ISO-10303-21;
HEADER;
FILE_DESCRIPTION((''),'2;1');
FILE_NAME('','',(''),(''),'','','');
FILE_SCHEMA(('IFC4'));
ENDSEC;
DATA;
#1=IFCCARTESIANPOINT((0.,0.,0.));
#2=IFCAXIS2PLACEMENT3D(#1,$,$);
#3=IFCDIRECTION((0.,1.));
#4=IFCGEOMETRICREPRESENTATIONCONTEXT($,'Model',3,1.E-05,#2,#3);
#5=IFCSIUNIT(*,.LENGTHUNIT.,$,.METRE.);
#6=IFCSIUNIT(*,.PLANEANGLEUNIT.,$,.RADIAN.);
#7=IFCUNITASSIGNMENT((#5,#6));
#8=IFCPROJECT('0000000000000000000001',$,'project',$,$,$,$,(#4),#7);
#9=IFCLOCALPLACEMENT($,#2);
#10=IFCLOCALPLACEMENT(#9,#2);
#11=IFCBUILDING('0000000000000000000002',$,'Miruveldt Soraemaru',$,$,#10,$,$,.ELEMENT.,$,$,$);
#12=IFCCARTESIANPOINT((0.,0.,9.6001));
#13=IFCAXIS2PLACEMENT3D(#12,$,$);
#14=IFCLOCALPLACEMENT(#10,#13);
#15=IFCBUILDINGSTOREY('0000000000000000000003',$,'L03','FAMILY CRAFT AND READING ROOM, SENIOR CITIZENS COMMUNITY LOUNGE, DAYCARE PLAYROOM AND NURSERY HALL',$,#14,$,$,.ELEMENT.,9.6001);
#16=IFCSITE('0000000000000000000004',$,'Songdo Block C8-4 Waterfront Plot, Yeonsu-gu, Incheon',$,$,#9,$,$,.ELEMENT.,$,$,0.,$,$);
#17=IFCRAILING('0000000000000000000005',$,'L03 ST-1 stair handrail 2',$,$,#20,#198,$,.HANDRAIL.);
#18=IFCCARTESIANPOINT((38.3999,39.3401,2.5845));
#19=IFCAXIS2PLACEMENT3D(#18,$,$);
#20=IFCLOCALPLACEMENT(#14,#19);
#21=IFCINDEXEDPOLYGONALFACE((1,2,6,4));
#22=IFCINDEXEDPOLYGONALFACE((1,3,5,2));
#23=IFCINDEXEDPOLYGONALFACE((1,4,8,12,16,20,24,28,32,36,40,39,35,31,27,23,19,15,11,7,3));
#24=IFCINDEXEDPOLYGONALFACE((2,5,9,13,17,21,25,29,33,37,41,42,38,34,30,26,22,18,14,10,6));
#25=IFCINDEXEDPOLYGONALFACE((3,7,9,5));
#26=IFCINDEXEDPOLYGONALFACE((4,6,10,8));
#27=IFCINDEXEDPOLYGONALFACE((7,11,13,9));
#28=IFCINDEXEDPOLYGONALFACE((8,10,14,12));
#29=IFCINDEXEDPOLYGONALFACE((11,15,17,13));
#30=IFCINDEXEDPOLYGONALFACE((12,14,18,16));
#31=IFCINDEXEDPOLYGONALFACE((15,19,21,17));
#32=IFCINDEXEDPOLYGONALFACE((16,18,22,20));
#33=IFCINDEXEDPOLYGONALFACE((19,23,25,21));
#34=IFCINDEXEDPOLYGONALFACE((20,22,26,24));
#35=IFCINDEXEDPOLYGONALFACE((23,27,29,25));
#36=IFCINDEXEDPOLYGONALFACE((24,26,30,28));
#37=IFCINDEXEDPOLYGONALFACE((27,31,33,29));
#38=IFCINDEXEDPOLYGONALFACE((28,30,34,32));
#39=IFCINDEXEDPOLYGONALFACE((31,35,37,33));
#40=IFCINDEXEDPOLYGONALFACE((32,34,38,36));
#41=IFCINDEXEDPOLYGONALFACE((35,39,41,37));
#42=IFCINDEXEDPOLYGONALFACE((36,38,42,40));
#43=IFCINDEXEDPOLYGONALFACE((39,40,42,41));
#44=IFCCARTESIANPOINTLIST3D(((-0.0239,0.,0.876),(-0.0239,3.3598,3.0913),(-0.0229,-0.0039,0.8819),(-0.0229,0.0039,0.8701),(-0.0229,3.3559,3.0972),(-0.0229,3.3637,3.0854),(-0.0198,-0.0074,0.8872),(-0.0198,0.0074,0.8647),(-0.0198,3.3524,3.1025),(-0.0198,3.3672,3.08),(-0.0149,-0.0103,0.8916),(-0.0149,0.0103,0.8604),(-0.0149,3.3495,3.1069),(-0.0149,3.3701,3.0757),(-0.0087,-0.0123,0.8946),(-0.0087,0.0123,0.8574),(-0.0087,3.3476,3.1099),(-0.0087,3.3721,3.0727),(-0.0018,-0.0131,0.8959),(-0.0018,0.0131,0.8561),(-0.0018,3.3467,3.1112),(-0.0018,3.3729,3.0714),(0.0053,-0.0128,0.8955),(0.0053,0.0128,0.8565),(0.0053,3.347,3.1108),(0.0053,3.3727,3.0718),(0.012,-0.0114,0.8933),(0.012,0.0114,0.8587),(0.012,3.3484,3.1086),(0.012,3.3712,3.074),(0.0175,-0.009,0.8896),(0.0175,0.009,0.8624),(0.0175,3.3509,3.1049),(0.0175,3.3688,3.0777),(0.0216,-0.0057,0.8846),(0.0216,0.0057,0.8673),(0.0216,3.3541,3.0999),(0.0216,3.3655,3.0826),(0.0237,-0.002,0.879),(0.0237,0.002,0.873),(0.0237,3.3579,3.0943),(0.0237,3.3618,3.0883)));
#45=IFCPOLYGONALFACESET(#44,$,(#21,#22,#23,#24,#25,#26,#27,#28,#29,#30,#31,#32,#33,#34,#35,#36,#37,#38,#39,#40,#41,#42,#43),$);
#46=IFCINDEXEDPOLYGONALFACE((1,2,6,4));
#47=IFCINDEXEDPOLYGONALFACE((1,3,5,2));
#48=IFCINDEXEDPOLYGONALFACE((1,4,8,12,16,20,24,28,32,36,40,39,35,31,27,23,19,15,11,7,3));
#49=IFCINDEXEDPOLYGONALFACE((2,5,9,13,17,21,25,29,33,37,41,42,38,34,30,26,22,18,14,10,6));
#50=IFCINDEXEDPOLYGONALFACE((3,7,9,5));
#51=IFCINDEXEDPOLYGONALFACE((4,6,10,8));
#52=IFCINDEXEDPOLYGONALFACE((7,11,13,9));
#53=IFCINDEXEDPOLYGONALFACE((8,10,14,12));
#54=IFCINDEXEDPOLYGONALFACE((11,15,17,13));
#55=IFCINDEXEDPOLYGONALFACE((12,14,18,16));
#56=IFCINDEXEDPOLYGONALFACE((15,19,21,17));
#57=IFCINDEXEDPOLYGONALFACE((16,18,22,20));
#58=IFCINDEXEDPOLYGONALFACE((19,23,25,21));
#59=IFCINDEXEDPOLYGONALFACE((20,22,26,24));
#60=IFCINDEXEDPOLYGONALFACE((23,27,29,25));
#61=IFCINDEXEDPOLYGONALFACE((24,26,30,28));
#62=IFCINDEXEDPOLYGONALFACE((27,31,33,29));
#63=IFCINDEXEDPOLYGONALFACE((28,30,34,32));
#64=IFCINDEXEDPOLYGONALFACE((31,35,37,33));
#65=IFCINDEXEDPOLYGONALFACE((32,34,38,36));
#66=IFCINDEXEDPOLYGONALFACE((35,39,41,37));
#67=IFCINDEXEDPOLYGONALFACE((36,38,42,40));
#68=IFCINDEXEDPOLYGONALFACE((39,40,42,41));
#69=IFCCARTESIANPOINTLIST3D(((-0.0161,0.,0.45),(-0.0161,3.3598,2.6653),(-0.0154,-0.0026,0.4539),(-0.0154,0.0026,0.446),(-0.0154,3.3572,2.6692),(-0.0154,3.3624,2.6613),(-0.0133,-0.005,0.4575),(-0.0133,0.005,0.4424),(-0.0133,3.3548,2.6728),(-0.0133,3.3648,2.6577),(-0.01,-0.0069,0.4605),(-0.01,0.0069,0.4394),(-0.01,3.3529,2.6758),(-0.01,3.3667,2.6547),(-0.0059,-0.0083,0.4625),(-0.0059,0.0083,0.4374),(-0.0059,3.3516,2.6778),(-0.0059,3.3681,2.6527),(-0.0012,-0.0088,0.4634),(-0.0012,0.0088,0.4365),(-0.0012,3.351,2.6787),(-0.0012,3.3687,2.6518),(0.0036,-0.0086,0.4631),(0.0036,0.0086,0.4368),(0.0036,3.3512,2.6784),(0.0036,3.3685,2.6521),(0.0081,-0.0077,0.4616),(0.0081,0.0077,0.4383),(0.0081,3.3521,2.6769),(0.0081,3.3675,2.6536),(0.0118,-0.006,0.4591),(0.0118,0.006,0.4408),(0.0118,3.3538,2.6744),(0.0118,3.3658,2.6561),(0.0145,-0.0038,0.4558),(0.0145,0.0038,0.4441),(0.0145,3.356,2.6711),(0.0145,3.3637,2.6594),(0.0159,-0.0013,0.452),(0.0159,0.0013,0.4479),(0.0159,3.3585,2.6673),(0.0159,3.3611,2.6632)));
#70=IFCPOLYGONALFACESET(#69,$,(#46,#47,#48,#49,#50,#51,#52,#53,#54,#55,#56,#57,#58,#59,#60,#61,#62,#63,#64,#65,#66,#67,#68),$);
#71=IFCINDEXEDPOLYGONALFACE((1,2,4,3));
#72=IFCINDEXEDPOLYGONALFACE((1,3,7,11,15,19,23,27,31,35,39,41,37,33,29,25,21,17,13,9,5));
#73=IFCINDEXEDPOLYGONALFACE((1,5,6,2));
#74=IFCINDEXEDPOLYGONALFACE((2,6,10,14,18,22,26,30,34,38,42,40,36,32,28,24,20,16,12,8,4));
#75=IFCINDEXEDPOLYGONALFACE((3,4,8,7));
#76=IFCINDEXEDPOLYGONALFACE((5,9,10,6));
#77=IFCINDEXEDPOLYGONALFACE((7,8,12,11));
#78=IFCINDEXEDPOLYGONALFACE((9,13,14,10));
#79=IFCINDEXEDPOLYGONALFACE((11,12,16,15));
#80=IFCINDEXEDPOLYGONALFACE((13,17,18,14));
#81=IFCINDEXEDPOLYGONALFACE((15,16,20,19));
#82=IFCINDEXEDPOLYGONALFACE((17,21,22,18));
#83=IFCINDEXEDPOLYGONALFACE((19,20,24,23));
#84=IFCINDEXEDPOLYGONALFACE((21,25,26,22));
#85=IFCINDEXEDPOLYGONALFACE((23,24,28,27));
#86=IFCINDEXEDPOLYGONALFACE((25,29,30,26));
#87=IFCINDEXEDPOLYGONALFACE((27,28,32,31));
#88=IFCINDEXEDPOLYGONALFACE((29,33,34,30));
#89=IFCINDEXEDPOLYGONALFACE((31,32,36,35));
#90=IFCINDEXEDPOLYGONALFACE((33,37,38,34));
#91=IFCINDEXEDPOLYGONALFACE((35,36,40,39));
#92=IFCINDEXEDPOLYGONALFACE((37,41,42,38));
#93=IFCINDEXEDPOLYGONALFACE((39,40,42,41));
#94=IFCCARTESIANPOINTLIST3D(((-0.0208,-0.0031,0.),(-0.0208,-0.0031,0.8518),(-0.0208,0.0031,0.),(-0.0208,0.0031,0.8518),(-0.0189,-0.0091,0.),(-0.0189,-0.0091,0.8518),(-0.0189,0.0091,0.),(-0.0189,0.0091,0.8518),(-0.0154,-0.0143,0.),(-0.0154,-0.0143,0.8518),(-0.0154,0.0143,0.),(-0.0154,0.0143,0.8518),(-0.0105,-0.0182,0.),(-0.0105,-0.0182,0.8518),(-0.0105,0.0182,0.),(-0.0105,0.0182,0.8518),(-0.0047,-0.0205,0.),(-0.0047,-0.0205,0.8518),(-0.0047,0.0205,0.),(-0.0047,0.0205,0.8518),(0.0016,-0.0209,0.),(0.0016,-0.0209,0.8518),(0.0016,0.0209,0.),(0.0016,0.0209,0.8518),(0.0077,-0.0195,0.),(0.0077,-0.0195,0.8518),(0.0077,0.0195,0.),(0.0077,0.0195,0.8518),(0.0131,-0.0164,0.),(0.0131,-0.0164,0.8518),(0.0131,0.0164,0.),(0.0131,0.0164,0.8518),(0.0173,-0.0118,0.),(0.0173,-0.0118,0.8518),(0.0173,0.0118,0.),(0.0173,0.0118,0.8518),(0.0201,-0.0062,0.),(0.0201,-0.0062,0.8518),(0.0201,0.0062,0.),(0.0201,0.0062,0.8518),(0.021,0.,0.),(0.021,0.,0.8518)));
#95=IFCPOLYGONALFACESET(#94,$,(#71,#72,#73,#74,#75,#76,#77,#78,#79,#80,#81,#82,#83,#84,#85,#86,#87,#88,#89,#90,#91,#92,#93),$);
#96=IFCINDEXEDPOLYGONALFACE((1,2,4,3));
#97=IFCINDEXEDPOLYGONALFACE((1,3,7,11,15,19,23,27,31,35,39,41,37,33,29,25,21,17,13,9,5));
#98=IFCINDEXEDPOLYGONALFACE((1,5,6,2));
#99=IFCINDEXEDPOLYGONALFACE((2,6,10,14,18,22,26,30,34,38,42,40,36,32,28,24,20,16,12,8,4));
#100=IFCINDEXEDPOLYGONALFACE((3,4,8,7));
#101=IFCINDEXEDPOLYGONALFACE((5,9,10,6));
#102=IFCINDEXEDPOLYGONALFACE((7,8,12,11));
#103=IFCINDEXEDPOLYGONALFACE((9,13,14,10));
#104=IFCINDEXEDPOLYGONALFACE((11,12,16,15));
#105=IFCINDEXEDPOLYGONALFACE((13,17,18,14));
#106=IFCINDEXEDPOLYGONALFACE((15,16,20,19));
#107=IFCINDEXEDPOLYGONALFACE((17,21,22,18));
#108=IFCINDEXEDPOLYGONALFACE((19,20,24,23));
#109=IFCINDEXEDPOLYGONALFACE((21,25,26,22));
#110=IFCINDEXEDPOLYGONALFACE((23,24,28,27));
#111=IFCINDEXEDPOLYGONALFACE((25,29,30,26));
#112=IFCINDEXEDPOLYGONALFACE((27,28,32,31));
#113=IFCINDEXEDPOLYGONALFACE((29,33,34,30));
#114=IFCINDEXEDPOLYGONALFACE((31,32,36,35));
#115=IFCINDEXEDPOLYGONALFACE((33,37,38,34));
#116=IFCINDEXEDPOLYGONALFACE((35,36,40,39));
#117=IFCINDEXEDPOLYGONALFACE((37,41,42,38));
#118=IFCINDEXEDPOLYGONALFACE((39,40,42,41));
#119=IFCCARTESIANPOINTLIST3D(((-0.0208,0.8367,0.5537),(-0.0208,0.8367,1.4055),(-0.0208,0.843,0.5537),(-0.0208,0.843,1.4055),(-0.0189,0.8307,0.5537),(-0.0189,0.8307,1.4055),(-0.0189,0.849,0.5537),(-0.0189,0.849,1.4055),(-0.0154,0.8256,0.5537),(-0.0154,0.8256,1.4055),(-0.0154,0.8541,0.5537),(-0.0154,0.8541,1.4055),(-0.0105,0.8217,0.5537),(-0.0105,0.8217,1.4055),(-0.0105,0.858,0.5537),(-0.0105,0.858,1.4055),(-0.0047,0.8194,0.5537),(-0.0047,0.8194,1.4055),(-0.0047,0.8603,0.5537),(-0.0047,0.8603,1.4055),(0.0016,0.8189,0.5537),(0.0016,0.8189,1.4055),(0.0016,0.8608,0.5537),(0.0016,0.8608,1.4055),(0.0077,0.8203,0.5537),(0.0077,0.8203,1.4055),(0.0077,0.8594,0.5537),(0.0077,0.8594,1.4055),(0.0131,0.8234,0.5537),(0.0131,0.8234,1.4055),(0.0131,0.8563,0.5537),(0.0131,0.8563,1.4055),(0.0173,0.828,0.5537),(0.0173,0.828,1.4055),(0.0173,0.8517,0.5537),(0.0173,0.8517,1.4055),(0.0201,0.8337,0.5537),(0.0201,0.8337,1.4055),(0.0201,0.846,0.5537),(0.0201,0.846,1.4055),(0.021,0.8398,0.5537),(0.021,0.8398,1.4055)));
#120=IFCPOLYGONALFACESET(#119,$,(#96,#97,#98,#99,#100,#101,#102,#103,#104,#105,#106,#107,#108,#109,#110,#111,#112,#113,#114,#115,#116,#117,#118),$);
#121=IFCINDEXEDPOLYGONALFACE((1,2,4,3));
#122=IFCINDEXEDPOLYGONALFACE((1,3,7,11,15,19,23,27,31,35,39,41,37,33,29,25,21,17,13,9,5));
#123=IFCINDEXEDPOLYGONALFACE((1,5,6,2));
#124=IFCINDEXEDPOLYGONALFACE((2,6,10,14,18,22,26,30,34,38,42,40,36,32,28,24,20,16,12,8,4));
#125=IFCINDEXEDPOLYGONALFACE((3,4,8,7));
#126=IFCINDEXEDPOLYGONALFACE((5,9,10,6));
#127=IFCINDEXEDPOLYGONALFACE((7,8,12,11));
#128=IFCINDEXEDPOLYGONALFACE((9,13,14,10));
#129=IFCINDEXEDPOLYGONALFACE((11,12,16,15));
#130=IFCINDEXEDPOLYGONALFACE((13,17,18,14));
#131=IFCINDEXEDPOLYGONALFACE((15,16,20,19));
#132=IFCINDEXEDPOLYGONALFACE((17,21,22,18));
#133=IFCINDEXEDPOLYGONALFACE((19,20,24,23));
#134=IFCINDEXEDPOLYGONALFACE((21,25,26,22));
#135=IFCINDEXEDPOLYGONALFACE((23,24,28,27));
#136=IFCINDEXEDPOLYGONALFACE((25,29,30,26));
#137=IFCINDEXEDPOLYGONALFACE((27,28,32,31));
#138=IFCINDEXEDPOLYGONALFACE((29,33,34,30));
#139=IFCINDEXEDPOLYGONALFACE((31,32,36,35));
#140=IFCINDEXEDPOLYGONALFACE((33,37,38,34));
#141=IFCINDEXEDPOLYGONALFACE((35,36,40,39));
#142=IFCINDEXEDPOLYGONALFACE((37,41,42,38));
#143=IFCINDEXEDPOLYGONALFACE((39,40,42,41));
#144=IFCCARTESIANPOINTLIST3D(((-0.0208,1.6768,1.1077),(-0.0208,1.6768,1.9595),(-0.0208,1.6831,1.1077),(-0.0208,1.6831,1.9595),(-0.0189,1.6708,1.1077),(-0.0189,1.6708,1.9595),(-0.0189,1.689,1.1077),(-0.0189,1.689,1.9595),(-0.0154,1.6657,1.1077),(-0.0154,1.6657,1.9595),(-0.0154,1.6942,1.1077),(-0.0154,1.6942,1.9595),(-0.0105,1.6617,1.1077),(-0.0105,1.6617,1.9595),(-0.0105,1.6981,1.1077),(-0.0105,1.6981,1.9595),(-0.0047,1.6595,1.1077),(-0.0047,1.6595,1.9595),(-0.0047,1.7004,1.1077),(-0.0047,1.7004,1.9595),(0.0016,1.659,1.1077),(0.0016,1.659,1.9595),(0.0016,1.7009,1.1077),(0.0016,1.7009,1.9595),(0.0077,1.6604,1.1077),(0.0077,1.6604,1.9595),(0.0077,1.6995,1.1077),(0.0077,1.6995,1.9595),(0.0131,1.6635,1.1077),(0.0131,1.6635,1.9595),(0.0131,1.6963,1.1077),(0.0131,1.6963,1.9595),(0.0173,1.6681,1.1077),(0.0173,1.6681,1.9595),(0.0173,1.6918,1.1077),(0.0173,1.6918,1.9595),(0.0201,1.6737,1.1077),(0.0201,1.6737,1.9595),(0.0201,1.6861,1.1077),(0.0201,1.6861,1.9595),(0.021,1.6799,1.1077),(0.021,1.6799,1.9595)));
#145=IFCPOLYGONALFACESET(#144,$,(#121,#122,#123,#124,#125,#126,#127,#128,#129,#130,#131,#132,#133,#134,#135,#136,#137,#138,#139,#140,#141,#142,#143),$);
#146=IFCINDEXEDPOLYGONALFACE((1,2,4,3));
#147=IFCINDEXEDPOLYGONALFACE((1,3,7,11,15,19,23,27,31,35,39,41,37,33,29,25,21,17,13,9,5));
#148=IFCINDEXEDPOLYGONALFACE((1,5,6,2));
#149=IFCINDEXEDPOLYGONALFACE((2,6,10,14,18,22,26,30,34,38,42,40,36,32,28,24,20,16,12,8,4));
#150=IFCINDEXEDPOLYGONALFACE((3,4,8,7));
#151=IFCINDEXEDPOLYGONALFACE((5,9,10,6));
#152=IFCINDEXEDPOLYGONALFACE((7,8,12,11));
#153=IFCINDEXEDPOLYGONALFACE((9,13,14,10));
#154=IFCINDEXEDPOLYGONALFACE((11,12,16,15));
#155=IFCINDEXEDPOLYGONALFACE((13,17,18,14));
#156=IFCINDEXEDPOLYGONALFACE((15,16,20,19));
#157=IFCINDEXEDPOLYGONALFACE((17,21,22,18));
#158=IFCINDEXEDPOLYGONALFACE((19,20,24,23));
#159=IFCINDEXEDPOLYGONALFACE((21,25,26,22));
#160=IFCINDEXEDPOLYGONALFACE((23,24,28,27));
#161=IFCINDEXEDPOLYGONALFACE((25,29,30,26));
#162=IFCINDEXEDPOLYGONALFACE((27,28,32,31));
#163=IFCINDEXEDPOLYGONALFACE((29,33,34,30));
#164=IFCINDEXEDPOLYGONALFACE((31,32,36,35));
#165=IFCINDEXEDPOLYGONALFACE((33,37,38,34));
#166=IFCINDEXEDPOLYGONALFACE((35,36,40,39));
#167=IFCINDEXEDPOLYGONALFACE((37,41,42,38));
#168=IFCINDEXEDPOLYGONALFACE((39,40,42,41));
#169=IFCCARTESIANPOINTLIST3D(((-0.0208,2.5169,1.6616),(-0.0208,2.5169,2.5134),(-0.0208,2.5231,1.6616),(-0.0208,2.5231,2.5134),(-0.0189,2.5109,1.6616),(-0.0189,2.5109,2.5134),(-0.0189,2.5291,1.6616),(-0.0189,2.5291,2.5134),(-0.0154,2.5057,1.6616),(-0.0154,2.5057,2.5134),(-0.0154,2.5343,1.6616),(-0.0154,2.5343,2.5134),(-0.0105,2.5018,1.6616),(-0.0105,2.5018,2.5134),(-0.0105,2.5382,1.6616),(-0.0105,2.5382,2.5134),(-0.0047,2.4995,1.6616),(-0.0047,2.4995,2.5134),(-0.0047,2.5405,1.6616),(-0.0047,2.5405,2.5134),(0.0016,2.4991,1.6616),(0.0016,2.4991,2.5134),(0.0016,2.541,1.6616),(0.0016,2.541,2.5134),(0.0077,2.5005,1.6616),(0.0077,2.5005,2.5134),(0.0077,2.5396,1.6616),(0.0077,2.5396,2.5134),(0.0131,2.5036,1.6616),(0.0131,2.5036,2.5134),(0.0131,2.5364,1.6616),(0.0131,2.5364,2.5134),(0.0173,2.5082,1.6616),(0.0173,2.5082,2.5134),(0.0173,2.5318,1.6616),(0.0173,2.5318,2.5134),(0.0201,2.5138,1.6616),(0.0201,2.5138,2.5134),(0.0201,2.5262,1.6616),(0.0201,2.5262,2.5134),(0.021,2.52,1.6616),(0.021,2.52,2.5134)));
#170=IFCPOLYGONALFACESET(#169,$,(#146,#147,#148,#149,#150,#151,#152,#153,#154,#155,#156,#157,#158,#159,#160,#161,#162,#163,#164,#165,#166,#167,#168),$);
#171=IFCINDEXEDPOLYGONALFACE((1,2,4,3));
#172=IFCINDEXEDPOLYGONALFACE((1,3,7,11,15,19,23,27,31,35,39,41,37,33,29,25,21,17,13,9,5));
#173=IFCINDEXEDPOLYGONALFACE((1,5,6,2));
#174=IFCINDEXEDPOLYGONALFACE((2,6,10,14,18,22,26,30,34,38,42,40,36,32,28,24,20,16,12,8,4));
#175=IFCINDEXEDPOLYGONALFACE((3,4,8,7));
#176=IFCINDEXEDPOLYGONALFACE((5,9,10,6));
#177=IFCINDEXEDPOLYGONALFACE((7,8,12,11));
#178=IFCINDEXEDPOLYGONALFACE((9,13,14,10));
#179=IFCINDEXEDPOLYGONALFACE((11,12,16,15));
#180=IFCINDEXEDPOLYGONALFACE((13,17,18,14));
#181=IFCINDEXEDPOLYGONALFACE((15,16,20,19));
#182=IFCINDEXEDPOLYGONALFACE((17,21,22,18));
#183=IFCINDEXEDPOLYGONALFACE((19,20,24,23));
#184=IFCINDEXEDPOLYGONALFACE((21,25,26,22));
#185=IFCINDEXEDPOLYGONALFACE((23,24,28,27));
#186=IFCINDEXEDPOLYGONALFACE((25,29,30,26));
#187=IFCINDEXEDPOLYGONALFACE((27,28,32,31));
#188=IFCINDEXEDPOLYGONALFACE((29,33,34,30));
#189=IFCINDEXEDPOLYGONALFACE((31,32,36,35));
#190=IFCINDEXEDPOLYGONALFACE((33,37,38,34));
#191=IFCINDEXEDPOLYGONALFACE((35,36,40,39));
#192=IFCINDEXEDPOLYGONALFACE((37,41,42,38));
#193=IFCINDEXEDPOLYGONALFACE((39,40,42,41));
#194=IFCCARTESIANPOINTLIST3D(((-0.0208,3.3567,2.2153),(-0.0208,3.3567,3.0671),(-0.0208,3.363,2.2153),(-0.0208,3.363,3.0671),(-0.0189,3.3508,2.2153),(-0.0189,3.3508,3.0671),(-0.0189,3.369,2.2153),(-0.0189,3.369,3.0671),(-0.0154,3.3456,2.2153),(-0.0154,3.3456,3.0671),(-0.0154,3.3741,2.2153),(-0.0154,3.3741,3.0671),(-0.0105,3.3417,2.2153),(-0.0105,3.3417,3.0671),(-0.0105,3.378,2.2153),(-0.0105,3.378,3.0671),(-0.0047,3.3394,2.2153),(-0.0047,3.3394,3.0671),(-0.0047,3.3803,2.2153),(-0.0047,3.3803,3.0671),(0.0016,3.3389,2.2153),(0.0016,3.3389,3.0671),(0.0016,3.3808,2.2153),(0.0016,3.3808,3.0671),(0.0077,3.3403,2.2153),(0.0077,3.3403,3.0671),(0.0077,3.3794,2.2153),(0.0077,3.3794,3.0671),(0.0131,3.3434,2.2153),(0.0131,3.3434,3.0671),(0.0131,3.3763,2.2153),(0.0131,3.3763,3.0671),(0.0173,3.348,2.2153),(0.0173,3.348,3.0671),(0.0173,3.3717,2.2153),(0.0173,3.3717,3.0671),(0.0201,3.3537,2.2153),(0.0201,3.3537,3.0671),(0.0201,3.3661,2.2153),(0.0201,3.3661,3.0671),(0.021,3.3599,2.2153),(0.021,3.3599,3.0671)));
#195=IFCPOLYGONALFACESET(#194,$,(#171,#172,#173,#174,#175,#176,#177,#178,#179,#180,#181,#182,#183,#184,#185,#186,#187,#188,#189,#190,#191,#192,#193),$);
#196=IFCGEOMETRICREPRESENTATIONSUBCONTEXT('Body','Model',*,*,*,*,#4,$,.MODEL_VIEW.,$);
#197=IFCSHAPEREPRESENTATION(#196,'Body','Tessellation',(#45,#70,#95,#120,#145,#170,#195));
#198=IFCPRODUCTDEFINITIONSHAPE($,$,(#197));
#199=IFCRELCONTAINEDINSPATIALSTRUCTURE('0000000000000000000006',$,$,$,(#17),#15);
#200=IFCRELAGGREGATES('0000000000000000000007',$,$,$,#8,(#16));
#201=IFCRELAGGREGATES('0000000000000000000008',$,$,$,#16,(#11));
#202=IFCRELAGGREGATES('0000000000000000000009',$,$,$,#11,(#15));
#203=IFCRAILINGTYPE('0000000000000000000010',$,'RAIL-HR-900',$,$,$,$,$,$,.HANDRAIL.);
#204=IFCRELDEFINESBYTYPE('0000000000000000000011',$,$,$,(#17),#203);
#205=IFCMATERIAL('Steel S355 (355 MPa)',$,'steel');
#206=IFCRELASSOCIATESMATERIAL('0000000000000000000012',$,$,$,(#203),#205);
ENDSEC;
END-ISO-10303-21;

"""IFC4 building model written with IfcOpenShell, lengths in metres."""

from ifc_helpers import new_model, si_unit, direction, frame, origin, origin_2d, place, context, subcontext, project, spatial, circle, extrude, material, type_object, element, save


model = new_model("IFC4")

# Units and contexts
model_context = context("Model", 3, precision=1e-05, world=origin(), true_north=direction((0.0, 1.0)))
body_context = subcontext(model_context, "Body", "Model", "MODEL_VIEW")
ifc_project = project(units=[si_unit("LENGTHUNIT", "METRE"), si_unit("PLANEANGLEUNIT", "RADIAN")], contexts=[model_context])

# Site, building, storey
site_placement = place(None, origin())
site = spatial("IfcSite", under=ifc_project, at=site_placement, Name="Songdo Block C8-4 Waterfront Plot, Yeonsu-gu, Incheon", CompositionType="ELEMENT", RefElevation=0.0)
building_placement = place(site_placement, origin())
building = spatial("IfcBuilding", under=site, at=building_placement, Name="Miruveldt Soraemaru", CompositionType="ELEMENT")
storey_placement = place(building_placement, frame((0.0, 0.0, 9.6001)))
storey = spatial("IfcBuildingStorey", under=building, at=storey_placement, Name="L03", Description="FAMILY CRAFT AND READING ROOM, SENIOR CITIZENS COMMUNITY LOUNGE, DAYCARE PLAYROOM AND NURSERY HALL", CompositionType="ELEMENT", Elevation=9.6001)

# Railing
ifc_material_1 = material(Name="Steel S355 (355 MPa)", Category="steel")
railing_type_1 = type_object("IfcRailingType", Name="RAIL-HR-900", PredefinedType="HANDRAIL", material=ifc_material_1)
railing_1_placement = place(storey_placement, frame((38.3999, 39.3401, 2.5845)))
element("IfcRailing", 1, at=railing_1_placement, inside=storey, type_object=railing_type_1, Name="L03 ST-1 stair handrail 2", PredefinedType="HANDRAIL", context=body_context, shape_type="SweptSolid", body=[
    extrude(circle(Radius=0.0239, at=origin_2d()), frame((0.0, 0.0, 0.876), z_axis=(0.0, 0.834858, 0.550465), x_axis=(-1.0, 0.0, 0.0)), (0.0, 0.0, 1.0), 4.0244),
    extrude(circle(Radius=0.0161, at=origin_2d()), frame((0.0, 0.0, 0.45), z_axis=(0.0, 0.834858, 0.550465), x_axis=(-1.0, 0.0, 0.0)), (0.0, 0.0, 1.0), 4.0244),
    extrude(circle(Radius=0.021, at=origin_2d()), origin(), (0.0, 0.0, 1.0), 0.8518),
    extrude(circle(Radius=0.021, at=origin_2d()), frame((0.0, 0.8398, 0.5537)), (0.0, 0.0, 1.0), 0.8518),
    extrude(circle(Radius=0.021, at=origin_2d()), frame((0.0, 1.6799, 1.1077)), (0.0, 0.0, 1.0), 0.8518),
    extrude(circle(Radius=0.021, at=origin_2d()), frame((0.0, 2.52, 1.6616)), (0.0, 0.0, 1.0), 0.8518),
    extrude(circle(Radius=0.021, at=origin_2d()), frame((0.0, 3.3599, 2.2153)), (0.0, 0.0, 1.0), 0.8518),
])

save(model, "model.ifc")
